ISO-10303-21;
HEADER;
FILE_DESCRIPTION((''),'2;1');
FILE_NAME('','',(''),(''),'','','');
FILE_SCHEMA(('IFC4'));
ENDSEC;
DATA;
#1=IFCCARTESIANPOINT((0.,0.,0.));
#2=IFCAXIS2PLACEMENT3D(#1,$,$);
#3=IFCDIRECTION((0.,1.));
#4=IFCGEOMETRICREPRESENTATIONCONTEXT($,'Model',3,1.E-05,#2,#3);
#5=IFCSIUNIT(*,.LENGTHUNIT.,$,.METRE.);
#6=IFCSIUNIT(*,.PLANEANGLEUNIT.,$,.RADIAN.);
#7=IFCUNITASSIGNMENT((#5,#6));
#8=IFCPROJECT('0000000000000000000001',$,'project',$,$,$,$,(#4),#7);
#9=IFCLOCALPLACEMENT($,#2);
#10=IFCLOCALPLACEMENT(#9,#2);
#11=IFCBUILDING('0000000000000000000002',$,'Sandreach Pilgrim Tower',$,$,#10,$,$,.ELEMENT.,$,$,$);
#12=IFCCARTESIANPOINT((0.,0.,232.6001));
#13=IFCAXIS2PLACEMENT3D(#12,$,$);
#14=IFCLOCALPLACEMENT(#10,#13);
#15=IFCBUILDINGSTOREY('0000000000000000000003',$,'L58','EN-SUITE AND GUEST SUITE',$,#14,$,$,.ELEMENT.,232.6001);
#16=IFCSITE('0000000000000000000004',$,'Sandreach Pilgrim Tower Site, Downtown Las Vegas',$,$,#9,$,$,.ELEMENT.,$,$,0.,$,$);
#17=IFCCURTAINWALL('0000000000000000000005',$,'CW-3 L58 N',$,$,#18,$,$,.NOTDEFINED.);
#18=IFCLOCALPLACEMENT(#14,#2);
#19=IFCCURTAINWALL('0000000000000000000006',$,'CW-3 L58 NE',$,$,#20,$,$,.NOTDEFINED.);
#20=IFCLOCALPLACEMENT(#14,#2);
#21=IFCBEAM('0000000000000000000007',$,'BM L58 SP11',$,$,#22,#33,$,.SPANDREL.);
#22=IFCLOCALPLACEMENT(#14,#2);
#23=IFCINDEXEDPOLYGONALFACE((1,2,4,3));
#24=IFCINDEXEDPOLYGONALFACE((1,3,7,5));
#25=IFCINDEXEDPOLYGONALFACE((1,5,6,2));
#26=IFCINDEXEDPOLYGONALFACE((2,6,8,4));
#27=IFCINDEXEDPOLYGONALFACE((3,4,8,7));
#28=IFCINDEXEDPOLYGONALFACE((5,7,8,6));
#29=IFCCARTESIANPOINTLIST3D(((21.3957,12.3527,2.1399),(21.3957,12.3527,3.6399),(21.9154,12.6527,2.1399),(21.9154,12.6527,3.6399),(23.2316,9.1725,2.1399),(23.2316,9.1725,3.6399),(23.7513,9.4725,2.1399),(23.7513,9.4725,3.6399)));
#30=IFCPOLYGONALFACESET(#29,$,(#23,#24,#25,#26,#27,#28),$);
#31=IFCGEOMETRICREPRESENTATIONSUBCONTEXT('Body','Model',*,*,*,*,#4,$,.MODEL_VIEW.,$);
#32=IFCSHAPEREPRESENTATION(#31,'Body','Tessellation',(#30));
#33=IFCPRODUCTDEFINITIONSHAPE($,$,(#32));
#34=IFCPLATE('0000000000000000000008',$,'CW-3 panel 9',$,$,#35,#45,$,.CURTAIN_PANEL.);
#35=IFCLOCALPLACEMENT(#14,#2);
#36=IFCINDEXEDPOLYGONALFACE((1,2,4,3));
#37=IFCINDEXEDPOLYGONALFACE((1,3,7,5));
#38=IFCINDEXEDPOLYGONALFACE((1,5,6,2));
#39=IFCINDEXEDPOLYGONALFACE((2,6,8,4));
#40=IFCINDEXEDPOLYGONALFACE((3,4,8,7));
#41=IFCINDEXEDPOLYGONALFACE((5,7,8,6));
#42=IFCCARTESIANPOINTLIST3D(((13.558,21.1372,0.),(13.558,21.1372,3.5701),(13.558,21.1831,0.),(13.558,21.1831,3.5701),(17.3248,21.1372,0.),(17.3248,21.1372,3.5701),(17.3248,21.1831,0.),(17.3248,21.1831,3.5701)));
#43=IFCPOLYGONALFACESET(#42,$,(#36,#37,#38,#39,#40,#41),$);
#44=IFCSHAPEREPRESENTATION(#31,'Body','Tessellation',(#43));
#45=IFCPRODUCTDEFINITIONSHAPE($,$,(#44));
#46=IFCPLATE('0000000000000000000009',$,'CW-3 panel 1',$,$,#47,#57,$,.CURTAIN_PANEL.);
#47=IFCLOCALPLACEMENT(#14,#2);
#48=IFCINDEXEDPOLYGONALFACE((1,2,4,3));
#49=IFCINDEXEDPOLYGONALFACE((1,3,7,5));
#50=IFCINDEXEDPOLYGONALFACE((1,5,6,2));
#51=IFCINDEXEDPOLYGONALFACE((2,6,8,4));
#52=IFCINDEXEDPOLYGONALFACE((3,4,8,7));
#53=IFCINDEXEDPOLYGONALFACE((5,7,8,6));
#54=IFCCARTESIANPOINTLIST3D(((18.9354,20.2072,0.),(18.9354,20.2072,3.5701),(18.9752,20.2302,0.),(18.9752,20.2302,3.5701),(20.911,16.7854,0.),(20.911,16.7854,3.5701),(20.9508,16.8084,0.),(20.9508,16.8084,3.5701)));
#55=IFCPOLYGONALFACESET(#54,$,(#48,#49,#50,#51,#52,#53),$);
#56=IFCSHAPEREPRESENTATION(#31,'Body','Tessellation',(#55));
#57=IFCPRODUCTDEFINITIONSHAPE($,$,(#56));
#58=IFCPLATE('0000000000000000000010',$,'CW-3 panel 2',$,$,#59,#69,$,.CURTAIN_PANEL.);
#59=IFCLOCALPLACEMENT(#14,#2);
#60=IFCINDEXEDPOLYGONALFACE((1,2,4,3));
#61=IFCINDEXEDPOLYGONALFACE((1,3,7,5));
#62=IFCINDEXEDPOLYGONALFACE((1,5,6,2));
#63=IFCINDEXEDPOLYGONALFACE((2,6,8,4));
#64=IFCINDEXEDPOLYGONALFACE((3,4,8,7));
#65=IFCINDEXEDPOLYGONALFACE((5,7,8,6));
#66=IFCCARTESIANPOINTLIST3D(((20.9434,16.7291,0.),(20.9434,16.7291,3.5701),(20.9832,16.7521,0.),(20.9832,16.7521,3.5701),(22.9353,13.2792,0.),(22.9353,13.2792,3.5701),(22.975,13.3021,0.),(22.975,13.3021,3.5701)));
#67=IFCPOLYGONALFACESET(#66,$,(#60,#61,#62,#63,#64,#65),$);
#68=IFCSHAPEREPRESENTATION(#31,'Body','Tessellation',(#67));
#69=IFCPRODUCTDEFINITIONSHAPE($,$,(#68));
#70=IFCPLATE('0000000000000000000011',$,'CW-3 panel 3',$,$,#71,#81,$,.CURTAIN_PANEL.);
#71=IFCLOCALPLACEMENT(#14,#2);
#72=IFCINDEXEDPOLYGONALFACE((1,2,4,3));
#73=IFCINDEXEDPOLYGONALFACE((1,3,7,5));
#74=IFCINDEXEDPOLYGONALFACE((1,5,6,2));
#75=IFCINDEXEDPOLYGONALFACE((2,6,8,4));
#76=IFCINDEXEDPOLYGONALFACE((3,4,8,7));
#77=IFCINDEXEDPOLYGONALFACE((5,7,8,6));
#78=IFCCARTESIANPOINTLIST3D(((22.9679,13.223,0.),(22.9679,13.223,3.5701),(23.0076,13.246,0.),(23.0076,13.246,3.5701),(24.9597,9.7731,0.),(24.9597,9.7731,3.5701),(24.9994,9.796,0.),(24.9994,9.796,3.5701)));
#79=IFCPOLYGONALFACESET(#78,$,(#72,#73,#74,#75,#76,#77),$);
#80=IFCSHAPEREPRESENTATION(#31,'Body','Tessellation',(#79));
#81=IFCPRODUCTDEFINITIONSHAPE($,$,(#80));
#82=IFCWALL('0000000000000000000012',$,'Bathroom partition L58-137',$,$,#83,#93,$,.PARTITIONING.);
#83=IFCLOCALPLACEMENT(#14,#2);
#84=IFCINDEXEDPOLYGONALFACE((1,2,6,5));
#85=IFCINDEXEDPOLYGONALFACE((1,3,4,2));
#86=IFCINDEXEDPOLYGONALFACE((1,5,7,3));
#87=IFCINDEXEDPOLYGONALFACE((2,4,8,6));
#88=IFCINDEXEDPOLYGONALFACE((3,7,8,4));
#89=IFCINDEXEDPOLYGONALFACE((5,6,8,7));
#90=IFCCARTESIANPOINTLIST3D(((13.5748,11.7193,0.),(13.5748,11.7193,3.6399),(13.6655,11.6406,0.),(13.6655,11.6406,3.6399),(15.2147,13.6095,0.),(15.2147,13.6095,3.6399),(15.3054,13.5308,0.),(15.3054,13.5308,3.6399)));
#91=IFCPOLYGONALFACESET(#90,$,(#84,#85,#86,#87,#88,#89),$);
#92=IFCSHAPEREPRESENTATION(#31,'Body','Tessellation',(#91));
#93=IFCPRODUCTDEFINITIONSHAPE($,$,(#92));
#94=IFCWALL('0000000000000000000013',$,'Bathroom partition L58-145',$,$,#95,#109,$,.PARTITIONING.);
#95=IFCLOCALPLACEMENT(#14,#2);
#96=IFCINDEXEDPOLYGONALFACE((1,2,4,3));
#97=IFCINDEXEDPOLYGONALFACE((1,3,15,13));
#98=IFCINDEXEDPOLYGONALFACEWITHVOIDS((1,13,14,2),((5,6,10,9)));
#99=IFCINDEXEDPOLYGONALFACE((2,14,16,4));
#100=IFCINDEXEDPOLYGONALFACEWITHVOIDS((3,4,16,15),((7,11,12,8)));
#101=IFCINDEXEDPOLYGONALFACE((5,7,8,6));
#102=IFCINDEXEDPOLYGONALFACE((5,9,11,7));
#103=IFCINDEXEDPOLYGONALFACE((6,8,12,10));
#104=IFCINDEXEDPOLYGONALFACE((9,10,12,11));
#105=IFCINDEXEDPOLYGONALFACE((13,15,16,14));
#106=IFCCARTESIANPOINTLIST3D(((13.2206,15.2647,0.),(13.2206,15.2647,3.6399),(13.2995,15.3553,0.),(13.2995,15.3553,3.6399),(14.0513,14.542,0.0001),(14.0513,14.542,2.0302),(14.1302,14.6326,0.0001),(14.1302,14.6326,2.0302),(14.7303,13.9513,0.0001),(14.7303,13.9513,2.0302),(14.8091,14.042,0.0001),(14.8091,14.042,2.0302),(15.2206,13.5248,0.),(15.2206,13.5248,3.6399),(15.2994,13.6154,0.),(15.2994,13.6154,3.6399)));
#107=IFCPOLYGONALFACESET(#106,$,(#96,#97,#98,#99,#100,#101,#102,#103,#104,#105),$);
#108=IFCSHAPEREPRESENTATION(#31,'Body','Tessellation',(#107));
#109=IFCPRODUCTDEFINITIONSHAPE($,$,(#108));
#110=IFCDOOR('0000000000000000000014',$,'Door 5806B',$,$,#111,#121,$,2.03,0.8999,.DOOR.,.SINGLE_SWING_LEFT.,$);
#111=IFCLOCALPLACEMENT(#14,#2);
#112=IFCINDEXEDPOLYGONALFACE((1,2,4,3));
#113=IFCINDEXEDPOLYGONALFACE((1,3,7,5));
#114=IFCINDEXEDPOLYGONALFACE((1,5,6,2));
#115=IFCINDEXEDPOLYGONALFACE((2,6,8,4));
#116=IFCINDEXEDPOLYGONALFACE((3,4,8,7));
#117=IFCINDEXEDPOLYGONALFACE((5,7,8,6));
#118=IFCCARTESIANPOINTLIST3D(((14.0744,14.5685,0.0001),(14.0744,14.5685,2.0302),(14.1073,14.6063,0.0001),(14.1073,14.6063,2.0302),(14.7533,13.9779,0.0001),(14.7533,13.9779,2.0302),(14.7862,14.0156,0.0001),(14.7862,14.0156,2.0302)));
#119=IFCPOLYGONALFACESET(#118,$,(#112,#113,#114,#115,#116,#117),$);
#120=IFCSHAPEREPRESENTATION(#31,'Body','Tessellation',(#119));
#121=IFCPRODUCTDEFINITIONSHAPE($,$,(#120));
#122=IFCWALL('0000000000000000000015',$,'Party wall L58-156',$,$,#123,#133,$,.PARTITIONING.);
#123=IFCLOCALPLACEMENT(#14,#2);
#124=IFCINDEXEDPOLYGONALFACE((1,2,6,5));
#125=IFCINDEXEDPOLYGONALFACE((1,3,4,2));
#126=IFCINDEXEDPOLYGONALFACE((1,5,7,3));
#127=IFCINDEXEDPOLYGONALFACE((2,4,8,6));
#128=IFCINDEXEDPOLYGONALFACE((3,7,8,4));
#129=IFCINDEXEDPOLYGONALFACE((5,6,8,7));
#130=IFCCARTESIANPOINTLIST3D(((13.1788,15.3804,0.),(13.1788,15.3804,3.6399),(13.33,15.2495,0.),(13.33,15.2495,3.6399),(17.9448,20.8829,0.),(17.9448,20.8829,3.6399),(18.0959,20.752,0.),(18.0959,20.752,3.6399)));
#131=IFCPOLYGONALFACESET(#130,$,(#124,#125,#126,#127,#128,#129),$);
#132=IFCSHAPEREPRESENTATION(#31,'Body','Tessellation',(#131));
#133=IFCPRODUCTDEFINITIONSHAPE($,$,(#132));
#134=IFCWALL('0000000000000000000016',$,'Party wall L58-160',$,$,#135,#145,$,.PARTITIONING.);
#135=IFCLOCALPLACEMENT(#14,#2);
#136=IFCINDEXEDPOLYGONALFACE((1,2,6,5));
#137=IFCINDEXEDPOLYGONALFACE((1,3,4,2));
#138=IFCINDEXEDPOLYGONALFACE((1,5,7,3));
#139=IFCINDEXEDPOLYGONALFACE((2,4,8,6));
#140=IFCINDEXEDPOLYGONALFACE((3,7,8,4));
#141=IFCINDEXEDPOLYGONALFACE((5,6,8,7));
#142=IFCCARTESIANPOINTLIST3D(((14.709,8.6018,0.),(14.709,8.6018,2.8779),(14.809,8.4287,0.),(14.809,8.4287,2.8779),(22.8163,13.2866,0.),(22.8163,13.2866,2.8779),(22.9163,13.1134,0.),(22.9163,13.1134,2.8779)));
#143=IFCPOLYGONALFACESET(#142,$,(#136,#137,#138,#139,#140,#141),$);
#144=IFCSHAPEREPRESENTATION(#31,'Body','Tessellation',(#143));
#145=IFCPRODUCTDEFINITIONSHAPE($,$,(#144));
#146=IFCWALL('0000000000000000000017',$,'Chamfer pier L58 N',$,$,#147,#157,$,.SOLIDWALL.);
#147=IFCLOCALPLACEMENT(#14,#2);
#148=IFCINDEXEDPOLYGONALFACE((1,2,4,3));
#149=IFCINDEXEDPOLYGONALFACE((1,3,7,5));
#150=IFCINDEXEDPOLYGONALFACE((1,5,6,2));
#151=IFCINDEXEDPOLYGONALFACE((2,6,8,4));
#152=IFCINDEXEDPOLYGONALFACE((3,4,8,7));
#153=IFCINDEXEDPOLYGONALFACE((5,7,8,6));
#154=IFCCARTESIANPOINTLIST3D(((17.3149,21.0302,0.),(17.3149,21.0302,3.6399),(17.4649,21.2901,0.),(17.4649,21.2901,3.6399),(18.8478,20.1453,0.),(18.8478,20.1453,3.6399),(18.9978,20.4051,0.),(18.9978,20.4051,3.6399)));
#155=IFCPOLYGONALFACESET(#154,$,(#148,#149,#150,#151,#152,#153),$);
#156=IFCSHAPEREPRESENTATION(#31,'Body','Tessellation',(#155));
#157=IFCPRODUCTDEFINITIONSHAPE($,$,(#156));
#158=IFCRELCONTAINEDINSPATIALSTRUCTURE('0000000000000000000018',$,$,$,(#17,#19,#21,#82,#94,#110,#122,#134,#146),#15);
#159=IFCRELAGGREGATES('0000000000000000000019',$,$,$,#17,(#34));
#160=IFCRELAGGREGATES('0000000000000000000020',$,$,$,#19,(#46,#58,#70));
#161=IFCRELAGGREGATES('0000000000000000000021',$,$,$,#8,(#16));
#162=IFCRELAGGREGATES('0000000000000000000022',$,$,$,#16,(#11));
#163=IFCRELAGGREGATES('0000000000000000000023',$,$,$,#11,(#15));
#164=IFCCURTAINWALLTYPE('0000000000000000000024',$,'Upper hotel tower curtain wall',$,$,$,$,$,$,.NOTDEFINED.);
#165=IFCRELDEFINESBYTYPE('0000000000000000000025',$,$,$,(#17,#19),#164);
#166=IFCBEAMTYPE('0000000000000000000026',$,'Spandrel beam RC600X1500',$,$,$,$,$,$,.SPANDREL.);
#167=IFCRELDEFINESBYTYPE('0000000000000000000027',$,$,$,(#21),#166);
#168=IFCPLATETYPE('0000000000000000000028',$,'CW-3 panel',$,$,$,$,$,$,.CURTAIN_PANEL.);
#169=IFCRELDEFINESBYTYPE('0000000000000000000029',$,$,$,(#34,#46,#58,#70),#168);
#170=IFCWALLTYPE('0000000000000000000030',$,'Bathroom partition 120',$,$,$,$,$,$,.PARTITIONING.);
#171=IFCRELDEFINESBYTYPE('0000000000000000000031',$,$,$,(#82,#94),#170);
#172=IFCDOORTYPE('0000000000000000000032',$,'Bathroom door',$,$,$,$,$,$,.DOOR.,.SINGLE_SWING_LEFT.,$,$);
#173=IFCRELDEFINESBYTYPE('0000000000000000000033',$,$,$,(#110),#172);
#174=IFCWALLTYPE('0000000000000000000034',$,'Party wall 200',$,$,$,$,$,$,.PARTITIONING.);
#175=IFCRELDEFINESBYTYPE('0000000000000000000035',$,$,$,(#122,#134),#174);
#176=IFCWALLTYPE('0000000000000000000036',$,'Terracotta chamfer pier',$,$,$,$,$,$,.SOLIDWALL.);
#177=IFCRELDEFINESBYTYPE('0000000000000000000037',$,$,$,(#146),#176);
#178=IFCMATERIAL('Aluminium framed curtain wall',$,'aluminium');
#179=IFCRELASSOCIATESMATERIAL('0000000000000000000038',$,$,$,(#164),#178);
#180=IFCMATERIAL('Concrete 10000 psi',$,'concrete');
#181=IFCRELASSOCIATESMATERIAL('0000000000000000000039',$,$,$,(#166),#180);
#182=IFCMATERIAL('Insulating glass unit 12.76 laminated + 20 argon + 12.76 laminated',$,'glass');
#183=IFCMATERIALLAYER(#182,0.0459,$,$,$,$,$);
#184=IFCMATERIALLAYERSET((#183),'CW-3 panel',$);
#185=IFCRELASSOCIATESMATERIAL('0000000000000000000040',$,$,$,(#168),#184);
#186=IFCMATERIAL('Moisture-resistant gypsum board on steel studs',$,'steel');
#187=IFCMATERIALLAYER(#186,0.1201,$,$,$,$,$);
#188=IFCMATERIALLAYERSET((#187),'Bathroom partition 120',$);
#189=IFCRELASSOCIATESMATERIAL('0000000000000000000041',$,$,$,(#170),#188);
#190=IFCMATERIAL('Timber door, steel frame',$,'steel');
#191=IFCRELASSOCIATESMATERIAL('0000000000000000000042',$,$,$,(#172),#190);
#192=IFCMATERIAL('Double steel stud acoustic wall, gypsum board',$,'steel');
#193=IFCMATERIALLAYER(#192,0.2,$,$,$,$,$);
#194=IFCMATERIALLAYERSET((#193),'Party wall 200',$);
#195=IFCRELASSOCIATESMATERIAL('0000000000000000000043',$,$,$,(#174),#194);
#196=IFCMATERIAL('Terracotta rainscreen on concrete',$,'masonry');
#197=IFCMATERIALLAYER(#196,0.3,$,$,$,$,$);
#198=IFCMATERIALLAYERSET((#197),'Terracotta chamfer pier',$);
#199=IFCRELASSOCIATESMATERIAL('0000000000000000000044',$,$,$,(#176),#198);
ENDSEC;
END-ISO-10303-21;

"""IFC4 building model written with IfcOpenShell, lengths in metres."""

from ifc_helpers import new_model, si_unit, direction, frame, frame_2d, origin, origin_2d, place, context, subcontext, project, spatial, rectangle, extrude, material, layer, layer_set, material_profile, profile_set, type_object, element, fill, aggregate, save


model = new_model("IFC4")

# Units and contexts
model_context = context("Model", 3, precision=1e-05, world=origin(), true_north=direction((0.0, 1.0)))
body_context = subcontext(model_context, "Body", "Model", "MODEL_VIEW")
ifc_project = project(units=[si_unit("LENGTHUNIT", "METRE"), si_unit("PLANEANGLEUNIT", "RADIAN")], contexts=[model_context])

# Site, building, storey
site_placement = place(None, origin())
site = spatial("IfcSite", under=ifc_project, at=site_placement, Name="Sandreach Pilgrim Tower Site, Downtown Las Vegas", CompositionType="ELEMENT", RefElevation=0.0)
building_placement = place(site_placement, origin())
building = spatial("IfcBuilding", under=site, at=building_placement, Name="Sandreach Pilgrim Tower", CompositionType="ELEMENT")
storey_placement = place(building_placement, frame((0.0, 0.0, 232.6001)))
storey = spatial("IfcBuildingStorey", under=building, at=storey_placement, Name="L58", Description="EN-SUITE AND GUEST SUITE", CompositionType="ELEMENT", Elevation=232.6001)

# Curtain walls
ifc_material_1 = material(Name="Aluminium framed curtain wall", Category="aluminium")
curtain_wall_type = type_object("IfcCurtainWallType", Name="Upper hotel tower curtain wall", PredefinedType="NOTDEFINED", material=ifc_material_1)
curtain_wall_1_placement = place(storey_placement, origin())
curtain_wall_1 = element("IfcCurtainWall", 1, at=curtain_wall_1_placement, inside=storey, type_object=curtain_wall_type, Name="CW-3 L58 N", PredefinedType="NOTDEFINED")
curtain_wall_2_placement = place(storey_placement, origin())
curtain_wall_2 = element("IfcCurtainWall", 2, at=curtain_wall_2_placement, inside=storey, type_object=curtain_wall_type, Name="CW-3 L58 NE", PredefinedType="NOTDEFINED")

# Beam
ifc_material_2 = material(Name="Concrete 10000 psi", Category="concrete")
ifc_material_profile_1 = material_profile(ifc_material_2, rectangle(XDim=0.6001, YDim=1.5, at=origin_2d()), Name="RC600X1500")
ifc_profile_set_1 = profile_set([ifc_material_profile_1], Name="Concrete 10000 psi")
beam_type_1 = type_object("IfcBeamType", Name="Spandrel beam RC600X1500", PredefinedType="SPANDREL", material=ifc_profile_set_1)
beam_1_placement = place(storey_placement, frame((21.6555, 12.5027, 2.8899), z_axis=(0.499972, -0.866042, 0.0), x_axis=(0.866042, 0.499972, 0.0)))
element("IfcBeam", 3, at=beam_1_placement, inside=storey, type_object=beam_type_1, Name="BM L58 SP11", PredefinedType="SPANDREL", context=body_context, shape_type="SweptSolid", body=[
    extrude(rectangle(XDim=0.6001, YDim=1.5, at=origin_2d()), origin(), (0.0, 0.0, 1.0), 3.6721),
])

# Plates
ifc_material_3 = material(Name="Insulating glass unit 12.76 laminated + 20 argon + 12.76 laminated", Category="glass")
ifc_layer_1 = layer(ifc_material_3, 0.0459)
ifc_layer_set_1 = layer_set([ifc_layer_1], Name="CW-3 panel")
plate_type = type_object("IfcPlateType", Name="CW-3 panel", PredefinedType="CURTAIN_PANEL", material=ifc_layer_set_1)
plate_1_placement = place(storey_placement, frame((15.4414, 21.1602, 0.0), z_axis=(0.0, 0.0, 1.0), x_axis=(1.0, 0.0, 0.0)))
plate_1 = element("IfcPlate", 4, at=plate_1_placement, type_object=plate_type, Name="CW-3 panel 9", PredefinedType="CURTAIN_PANEL", context=body_context, shape_type="SweptSolid", body=[
    extrude(rectangle(XDim=3.7668, YDim=0.0459, at=origin_2d()), origin(), (0.0, 0.0, 1.0), 3.5701),
])
aggregate(curtain_wall_1, [plate_1])
plate_2_placement = place(storey_placement, frame((19.9431, 18.5078, 0.0), z_axis=(0.0, 0.0, 1.0), x_axis=(0.5, -0.866025, 0.0)))
plate_2 = element("IfcPlate", 5, at=plate_2_placement, type_object=plate_type, Name="CW-3 panel 1", PredefinedType="CURTAIN_PANEL", context=body_context, shape_type="SweptSolid", body=[
    extrude(rectangle(XDim=3.9512, YDim=0.0459, at=origin_2d()), origin(), (0.0, 0.0, 1.0), 3.5701),
])
plate_3_placement = place(storey_placement, frame((21.9592, 15.0156, 0.0), z_axis=(0.0, 0.0, 1.0), x_axis=(0.5, -0.866025, 0.0)))
plate_3 = element("IfcPlate", 6, at=plate_3_placement, type_object=plate_type, Name="CW-3 panel 2", PredefinedType="CURTAIN_PANEL", context=body_context, shape_type="SweptSolid", body=[
    extrude(rectangle(XDim=3.9836, YDim=0.0459, at=origin_2d()), origin(), (0.0, 0.0, 1.0), 3.5701),
])
plate_4_placement = place(storey_placement, frame((23.9836, 11.5095, 0.0), z_axis=(0.0, 0.0, 1.0), x_axis=(0.5, -0.866025, 0.0)))
plate_4 = element("IfcPlate", 7, at=plate_4_placement, type_object=plate_type, Name="CW-3 panel 3", PredefinedType="CURTAIN_PANEL", context=body_context, shape_type="SweptSolid", body=[
    extrude(rectangle(XDim=3.9836, YDim=0.0459, at=origin_2d()), origin(), (0.0, 0.0, 1.0), 3.5701),
])
aggregate(curtain_wall_2, [plate_2, plate_3, plate_4])

# Wall
ifc_material_4 = material(Name="Moisture-resistant gypsum board on steel studs", Category="steel")
ifc_layer_2 = layer(ifc_material_4, 0.1201)
ifc_layer_set_2 = layer_set([ifc_layer_2], Name="Bathroom partition 120")
wall_type_1 = type_object("IfcWallType", Name="Bathroom partition 120", PredefinedType="PARTITIONING", material=ifc_layer_set_2)
wall_1_placement = place(storey_placement, frame((13.6201, 11.6799, 0.0), z_axis=(0.0, 0.0, 1.0), x_axis=(0.655335, 0.755338, 0.0)))
element("IfcWall", 8, at=wall_1_placement, inside=storey, type_object=wall_type_1, Name="Bathroom partition L58-137", PredefinedType="PARTITIONING", context=body_context, shape_type="SweptSolid", body=[
    extrude(rectangle(XDim=2.5024, YDim=0.1201, at=frame_2d((1.2512, 0.0))), origin(), (0.0, 0.0, 1.0), 3.6399),
])

# Wall, opening, door
wall_2_placement = place(storey_placement, frame((15.26, 13.5701, 0.0), z_axis=(0.0, 0.0, 1.0), x_axis=(-0.754445, 0.656363, 0.0)))
wall_2 = element("IfcWall", 9, at=wall_2_placement, inside=storey, type_object=wall_type_1, Name="Bathroom partition L58-145", PredefinedType="PARTITIONING", context=body_context, shape_type="SweptSolid", body=[
    extrude(rectangle(XDim=2.6509, YDim=0.1201, at=frame_2d((1.3254, 0.0))), origin(), (0.0, 0.0, 1.0), 3.6399),
])
opening_placement = place(wall_2_placement, frame((0.6499, 0.0, 0.0)))
opening = element("IfcOpeningElement", 10, at=opening_placement, cuts=wall_2, PredefinedType="OPENING", context=body_context, shape_type="SweptSolid", body=[
    extrude(rectangle(XDim=0.8999, YDim=2.03, at=frame_2d((0.45, 1.0151))), frame((0.0, 0.0601, 0.0), z_axis=(0.0, -1.0, 0.0), x_axis=(1.0, 0.0, 0.0)), (0.0, 0.0, 1.0), 0.1201),
])
ifc_material_5 = material(Name="Timber door, steel frame", Category="steel")
door_type = type_object("IfcDoorType", Name="Bathroom door", OperationType="SINGLE_SWING_LEFT", PredefinedType="DOOR", material=ifc_material_5)
door_placement = place(opening_placement, origin())
door = element("IfcDoor", 11, at=door_placement, inside=storey, type_object=door_type, Name="Door 5806B", OperationType="SINGLE_SWING_LEFT", OverallHeight=2.03, OverallWidth=0.8999, PredefinedType="DOOR", context=body_context, shape_type="SweptSolid", body=[
    extrude(rectangle(XDim=0.8999, YDim=2.03, at=frame_2d((0.45, 1.0151))), frame((0.0, 0.0249, 0.0), z_axis=(0.0, -1.0, 0.0), x_axis=(1.0, 0.0, 0.0)), (0.0, 0.0, 1.0), 0.05),
])
fill(opening, door)

# Walls
ifc_material_6 = material(Name="Double steel stud acoustic wall, gypsum board", Category="steel")
ifc_layer_3 = layer(ifc_material_6, 0.2)
ifc_layer_set_3 = layer_set([ifc_layer_3], Name="Party wall 200")
wall_type_2 = type_object("IfcWallType", Name="Party wall 200", PredefinedType="PARTITIONING", material=ifc_layer_set_3)
wall_3_placement = place(storey_placement, frame((18.0203, 20.8174, 0.0), z_axis=(0.0, 0.0, 1.0), x_axis=(-0.654702, -0.755887, 0.0)))
element("IfcWall", 12, at=wall_3_placement, inside=storey, type_object=wall_type_2, Name="Party wall L58-156", PredefinedType="PARTITIONING", context=body_context, shape_type="SweptSolid", body=[
    extrude(rectangle(XDim=7.2795, YDim=0.2, at=frame_2d((3.6396, 0.0))), origin(), (0.0, 0.0, 1.0), 3.6399),
])
wall_4_placement = place(storey_placement, frame((22.8662, 13.2, 0.0), z_axis=(0.0, 0.0, 1.0), x_axis=(-0.865841, -0.50032, 0.0)))
element("IfcWall", 13, at=wall_4_placement, inside=storey, type_object=wall_type_2, Name="Party wall L58-160", PredefinedType="PARTITIONING", context=body_context, shape_type="SweptSolid", body=[
    extrude(rectangle(XDim=9.3635, YDim=0.2, at=frame_2d((4.6816, 0.0))), origin(), (0.0, 0.0, 1.0), 2.8779),
])
ifc_material_7 = material(Name="Terracotta rainscreen on concrete", Category="masonry")
ifc_layer_4 = layer(ifc_material_7, 0.3)
ifc_layer_set_4 = layer_set([ifc_layer_4], Name="Terracotta chamfer pier")
wall_type_3 = type_object("IfcWallType", Name="Terracotta chamfer pier", PredefinedType="SOLIDWALL", material=ifc_layer_set_4)
wall_5_placement = place(storey_placement, frame((17.3899, 21.1602, 0.0), z_axis=(0.0, 0.0, 1.0), x_axis=(0.866036, -0.499981, 0.0)))
element("IfcWall", 14, at=wall_5_placement, inside=storey, type_object=wall_type_3, Name="Chamfer pier L58 N", PredefinedType="SOLIDWALL", context=body_context, shape_type="SweptSolid", body=[
    extrude(rectangle(XDim=1.77, YDim=0.3, at=frame_2d((0.885, 0.0))), origin(), (0.0, 0.0, 1.0), 3.6399),
])

save(model, "model.ifc")
